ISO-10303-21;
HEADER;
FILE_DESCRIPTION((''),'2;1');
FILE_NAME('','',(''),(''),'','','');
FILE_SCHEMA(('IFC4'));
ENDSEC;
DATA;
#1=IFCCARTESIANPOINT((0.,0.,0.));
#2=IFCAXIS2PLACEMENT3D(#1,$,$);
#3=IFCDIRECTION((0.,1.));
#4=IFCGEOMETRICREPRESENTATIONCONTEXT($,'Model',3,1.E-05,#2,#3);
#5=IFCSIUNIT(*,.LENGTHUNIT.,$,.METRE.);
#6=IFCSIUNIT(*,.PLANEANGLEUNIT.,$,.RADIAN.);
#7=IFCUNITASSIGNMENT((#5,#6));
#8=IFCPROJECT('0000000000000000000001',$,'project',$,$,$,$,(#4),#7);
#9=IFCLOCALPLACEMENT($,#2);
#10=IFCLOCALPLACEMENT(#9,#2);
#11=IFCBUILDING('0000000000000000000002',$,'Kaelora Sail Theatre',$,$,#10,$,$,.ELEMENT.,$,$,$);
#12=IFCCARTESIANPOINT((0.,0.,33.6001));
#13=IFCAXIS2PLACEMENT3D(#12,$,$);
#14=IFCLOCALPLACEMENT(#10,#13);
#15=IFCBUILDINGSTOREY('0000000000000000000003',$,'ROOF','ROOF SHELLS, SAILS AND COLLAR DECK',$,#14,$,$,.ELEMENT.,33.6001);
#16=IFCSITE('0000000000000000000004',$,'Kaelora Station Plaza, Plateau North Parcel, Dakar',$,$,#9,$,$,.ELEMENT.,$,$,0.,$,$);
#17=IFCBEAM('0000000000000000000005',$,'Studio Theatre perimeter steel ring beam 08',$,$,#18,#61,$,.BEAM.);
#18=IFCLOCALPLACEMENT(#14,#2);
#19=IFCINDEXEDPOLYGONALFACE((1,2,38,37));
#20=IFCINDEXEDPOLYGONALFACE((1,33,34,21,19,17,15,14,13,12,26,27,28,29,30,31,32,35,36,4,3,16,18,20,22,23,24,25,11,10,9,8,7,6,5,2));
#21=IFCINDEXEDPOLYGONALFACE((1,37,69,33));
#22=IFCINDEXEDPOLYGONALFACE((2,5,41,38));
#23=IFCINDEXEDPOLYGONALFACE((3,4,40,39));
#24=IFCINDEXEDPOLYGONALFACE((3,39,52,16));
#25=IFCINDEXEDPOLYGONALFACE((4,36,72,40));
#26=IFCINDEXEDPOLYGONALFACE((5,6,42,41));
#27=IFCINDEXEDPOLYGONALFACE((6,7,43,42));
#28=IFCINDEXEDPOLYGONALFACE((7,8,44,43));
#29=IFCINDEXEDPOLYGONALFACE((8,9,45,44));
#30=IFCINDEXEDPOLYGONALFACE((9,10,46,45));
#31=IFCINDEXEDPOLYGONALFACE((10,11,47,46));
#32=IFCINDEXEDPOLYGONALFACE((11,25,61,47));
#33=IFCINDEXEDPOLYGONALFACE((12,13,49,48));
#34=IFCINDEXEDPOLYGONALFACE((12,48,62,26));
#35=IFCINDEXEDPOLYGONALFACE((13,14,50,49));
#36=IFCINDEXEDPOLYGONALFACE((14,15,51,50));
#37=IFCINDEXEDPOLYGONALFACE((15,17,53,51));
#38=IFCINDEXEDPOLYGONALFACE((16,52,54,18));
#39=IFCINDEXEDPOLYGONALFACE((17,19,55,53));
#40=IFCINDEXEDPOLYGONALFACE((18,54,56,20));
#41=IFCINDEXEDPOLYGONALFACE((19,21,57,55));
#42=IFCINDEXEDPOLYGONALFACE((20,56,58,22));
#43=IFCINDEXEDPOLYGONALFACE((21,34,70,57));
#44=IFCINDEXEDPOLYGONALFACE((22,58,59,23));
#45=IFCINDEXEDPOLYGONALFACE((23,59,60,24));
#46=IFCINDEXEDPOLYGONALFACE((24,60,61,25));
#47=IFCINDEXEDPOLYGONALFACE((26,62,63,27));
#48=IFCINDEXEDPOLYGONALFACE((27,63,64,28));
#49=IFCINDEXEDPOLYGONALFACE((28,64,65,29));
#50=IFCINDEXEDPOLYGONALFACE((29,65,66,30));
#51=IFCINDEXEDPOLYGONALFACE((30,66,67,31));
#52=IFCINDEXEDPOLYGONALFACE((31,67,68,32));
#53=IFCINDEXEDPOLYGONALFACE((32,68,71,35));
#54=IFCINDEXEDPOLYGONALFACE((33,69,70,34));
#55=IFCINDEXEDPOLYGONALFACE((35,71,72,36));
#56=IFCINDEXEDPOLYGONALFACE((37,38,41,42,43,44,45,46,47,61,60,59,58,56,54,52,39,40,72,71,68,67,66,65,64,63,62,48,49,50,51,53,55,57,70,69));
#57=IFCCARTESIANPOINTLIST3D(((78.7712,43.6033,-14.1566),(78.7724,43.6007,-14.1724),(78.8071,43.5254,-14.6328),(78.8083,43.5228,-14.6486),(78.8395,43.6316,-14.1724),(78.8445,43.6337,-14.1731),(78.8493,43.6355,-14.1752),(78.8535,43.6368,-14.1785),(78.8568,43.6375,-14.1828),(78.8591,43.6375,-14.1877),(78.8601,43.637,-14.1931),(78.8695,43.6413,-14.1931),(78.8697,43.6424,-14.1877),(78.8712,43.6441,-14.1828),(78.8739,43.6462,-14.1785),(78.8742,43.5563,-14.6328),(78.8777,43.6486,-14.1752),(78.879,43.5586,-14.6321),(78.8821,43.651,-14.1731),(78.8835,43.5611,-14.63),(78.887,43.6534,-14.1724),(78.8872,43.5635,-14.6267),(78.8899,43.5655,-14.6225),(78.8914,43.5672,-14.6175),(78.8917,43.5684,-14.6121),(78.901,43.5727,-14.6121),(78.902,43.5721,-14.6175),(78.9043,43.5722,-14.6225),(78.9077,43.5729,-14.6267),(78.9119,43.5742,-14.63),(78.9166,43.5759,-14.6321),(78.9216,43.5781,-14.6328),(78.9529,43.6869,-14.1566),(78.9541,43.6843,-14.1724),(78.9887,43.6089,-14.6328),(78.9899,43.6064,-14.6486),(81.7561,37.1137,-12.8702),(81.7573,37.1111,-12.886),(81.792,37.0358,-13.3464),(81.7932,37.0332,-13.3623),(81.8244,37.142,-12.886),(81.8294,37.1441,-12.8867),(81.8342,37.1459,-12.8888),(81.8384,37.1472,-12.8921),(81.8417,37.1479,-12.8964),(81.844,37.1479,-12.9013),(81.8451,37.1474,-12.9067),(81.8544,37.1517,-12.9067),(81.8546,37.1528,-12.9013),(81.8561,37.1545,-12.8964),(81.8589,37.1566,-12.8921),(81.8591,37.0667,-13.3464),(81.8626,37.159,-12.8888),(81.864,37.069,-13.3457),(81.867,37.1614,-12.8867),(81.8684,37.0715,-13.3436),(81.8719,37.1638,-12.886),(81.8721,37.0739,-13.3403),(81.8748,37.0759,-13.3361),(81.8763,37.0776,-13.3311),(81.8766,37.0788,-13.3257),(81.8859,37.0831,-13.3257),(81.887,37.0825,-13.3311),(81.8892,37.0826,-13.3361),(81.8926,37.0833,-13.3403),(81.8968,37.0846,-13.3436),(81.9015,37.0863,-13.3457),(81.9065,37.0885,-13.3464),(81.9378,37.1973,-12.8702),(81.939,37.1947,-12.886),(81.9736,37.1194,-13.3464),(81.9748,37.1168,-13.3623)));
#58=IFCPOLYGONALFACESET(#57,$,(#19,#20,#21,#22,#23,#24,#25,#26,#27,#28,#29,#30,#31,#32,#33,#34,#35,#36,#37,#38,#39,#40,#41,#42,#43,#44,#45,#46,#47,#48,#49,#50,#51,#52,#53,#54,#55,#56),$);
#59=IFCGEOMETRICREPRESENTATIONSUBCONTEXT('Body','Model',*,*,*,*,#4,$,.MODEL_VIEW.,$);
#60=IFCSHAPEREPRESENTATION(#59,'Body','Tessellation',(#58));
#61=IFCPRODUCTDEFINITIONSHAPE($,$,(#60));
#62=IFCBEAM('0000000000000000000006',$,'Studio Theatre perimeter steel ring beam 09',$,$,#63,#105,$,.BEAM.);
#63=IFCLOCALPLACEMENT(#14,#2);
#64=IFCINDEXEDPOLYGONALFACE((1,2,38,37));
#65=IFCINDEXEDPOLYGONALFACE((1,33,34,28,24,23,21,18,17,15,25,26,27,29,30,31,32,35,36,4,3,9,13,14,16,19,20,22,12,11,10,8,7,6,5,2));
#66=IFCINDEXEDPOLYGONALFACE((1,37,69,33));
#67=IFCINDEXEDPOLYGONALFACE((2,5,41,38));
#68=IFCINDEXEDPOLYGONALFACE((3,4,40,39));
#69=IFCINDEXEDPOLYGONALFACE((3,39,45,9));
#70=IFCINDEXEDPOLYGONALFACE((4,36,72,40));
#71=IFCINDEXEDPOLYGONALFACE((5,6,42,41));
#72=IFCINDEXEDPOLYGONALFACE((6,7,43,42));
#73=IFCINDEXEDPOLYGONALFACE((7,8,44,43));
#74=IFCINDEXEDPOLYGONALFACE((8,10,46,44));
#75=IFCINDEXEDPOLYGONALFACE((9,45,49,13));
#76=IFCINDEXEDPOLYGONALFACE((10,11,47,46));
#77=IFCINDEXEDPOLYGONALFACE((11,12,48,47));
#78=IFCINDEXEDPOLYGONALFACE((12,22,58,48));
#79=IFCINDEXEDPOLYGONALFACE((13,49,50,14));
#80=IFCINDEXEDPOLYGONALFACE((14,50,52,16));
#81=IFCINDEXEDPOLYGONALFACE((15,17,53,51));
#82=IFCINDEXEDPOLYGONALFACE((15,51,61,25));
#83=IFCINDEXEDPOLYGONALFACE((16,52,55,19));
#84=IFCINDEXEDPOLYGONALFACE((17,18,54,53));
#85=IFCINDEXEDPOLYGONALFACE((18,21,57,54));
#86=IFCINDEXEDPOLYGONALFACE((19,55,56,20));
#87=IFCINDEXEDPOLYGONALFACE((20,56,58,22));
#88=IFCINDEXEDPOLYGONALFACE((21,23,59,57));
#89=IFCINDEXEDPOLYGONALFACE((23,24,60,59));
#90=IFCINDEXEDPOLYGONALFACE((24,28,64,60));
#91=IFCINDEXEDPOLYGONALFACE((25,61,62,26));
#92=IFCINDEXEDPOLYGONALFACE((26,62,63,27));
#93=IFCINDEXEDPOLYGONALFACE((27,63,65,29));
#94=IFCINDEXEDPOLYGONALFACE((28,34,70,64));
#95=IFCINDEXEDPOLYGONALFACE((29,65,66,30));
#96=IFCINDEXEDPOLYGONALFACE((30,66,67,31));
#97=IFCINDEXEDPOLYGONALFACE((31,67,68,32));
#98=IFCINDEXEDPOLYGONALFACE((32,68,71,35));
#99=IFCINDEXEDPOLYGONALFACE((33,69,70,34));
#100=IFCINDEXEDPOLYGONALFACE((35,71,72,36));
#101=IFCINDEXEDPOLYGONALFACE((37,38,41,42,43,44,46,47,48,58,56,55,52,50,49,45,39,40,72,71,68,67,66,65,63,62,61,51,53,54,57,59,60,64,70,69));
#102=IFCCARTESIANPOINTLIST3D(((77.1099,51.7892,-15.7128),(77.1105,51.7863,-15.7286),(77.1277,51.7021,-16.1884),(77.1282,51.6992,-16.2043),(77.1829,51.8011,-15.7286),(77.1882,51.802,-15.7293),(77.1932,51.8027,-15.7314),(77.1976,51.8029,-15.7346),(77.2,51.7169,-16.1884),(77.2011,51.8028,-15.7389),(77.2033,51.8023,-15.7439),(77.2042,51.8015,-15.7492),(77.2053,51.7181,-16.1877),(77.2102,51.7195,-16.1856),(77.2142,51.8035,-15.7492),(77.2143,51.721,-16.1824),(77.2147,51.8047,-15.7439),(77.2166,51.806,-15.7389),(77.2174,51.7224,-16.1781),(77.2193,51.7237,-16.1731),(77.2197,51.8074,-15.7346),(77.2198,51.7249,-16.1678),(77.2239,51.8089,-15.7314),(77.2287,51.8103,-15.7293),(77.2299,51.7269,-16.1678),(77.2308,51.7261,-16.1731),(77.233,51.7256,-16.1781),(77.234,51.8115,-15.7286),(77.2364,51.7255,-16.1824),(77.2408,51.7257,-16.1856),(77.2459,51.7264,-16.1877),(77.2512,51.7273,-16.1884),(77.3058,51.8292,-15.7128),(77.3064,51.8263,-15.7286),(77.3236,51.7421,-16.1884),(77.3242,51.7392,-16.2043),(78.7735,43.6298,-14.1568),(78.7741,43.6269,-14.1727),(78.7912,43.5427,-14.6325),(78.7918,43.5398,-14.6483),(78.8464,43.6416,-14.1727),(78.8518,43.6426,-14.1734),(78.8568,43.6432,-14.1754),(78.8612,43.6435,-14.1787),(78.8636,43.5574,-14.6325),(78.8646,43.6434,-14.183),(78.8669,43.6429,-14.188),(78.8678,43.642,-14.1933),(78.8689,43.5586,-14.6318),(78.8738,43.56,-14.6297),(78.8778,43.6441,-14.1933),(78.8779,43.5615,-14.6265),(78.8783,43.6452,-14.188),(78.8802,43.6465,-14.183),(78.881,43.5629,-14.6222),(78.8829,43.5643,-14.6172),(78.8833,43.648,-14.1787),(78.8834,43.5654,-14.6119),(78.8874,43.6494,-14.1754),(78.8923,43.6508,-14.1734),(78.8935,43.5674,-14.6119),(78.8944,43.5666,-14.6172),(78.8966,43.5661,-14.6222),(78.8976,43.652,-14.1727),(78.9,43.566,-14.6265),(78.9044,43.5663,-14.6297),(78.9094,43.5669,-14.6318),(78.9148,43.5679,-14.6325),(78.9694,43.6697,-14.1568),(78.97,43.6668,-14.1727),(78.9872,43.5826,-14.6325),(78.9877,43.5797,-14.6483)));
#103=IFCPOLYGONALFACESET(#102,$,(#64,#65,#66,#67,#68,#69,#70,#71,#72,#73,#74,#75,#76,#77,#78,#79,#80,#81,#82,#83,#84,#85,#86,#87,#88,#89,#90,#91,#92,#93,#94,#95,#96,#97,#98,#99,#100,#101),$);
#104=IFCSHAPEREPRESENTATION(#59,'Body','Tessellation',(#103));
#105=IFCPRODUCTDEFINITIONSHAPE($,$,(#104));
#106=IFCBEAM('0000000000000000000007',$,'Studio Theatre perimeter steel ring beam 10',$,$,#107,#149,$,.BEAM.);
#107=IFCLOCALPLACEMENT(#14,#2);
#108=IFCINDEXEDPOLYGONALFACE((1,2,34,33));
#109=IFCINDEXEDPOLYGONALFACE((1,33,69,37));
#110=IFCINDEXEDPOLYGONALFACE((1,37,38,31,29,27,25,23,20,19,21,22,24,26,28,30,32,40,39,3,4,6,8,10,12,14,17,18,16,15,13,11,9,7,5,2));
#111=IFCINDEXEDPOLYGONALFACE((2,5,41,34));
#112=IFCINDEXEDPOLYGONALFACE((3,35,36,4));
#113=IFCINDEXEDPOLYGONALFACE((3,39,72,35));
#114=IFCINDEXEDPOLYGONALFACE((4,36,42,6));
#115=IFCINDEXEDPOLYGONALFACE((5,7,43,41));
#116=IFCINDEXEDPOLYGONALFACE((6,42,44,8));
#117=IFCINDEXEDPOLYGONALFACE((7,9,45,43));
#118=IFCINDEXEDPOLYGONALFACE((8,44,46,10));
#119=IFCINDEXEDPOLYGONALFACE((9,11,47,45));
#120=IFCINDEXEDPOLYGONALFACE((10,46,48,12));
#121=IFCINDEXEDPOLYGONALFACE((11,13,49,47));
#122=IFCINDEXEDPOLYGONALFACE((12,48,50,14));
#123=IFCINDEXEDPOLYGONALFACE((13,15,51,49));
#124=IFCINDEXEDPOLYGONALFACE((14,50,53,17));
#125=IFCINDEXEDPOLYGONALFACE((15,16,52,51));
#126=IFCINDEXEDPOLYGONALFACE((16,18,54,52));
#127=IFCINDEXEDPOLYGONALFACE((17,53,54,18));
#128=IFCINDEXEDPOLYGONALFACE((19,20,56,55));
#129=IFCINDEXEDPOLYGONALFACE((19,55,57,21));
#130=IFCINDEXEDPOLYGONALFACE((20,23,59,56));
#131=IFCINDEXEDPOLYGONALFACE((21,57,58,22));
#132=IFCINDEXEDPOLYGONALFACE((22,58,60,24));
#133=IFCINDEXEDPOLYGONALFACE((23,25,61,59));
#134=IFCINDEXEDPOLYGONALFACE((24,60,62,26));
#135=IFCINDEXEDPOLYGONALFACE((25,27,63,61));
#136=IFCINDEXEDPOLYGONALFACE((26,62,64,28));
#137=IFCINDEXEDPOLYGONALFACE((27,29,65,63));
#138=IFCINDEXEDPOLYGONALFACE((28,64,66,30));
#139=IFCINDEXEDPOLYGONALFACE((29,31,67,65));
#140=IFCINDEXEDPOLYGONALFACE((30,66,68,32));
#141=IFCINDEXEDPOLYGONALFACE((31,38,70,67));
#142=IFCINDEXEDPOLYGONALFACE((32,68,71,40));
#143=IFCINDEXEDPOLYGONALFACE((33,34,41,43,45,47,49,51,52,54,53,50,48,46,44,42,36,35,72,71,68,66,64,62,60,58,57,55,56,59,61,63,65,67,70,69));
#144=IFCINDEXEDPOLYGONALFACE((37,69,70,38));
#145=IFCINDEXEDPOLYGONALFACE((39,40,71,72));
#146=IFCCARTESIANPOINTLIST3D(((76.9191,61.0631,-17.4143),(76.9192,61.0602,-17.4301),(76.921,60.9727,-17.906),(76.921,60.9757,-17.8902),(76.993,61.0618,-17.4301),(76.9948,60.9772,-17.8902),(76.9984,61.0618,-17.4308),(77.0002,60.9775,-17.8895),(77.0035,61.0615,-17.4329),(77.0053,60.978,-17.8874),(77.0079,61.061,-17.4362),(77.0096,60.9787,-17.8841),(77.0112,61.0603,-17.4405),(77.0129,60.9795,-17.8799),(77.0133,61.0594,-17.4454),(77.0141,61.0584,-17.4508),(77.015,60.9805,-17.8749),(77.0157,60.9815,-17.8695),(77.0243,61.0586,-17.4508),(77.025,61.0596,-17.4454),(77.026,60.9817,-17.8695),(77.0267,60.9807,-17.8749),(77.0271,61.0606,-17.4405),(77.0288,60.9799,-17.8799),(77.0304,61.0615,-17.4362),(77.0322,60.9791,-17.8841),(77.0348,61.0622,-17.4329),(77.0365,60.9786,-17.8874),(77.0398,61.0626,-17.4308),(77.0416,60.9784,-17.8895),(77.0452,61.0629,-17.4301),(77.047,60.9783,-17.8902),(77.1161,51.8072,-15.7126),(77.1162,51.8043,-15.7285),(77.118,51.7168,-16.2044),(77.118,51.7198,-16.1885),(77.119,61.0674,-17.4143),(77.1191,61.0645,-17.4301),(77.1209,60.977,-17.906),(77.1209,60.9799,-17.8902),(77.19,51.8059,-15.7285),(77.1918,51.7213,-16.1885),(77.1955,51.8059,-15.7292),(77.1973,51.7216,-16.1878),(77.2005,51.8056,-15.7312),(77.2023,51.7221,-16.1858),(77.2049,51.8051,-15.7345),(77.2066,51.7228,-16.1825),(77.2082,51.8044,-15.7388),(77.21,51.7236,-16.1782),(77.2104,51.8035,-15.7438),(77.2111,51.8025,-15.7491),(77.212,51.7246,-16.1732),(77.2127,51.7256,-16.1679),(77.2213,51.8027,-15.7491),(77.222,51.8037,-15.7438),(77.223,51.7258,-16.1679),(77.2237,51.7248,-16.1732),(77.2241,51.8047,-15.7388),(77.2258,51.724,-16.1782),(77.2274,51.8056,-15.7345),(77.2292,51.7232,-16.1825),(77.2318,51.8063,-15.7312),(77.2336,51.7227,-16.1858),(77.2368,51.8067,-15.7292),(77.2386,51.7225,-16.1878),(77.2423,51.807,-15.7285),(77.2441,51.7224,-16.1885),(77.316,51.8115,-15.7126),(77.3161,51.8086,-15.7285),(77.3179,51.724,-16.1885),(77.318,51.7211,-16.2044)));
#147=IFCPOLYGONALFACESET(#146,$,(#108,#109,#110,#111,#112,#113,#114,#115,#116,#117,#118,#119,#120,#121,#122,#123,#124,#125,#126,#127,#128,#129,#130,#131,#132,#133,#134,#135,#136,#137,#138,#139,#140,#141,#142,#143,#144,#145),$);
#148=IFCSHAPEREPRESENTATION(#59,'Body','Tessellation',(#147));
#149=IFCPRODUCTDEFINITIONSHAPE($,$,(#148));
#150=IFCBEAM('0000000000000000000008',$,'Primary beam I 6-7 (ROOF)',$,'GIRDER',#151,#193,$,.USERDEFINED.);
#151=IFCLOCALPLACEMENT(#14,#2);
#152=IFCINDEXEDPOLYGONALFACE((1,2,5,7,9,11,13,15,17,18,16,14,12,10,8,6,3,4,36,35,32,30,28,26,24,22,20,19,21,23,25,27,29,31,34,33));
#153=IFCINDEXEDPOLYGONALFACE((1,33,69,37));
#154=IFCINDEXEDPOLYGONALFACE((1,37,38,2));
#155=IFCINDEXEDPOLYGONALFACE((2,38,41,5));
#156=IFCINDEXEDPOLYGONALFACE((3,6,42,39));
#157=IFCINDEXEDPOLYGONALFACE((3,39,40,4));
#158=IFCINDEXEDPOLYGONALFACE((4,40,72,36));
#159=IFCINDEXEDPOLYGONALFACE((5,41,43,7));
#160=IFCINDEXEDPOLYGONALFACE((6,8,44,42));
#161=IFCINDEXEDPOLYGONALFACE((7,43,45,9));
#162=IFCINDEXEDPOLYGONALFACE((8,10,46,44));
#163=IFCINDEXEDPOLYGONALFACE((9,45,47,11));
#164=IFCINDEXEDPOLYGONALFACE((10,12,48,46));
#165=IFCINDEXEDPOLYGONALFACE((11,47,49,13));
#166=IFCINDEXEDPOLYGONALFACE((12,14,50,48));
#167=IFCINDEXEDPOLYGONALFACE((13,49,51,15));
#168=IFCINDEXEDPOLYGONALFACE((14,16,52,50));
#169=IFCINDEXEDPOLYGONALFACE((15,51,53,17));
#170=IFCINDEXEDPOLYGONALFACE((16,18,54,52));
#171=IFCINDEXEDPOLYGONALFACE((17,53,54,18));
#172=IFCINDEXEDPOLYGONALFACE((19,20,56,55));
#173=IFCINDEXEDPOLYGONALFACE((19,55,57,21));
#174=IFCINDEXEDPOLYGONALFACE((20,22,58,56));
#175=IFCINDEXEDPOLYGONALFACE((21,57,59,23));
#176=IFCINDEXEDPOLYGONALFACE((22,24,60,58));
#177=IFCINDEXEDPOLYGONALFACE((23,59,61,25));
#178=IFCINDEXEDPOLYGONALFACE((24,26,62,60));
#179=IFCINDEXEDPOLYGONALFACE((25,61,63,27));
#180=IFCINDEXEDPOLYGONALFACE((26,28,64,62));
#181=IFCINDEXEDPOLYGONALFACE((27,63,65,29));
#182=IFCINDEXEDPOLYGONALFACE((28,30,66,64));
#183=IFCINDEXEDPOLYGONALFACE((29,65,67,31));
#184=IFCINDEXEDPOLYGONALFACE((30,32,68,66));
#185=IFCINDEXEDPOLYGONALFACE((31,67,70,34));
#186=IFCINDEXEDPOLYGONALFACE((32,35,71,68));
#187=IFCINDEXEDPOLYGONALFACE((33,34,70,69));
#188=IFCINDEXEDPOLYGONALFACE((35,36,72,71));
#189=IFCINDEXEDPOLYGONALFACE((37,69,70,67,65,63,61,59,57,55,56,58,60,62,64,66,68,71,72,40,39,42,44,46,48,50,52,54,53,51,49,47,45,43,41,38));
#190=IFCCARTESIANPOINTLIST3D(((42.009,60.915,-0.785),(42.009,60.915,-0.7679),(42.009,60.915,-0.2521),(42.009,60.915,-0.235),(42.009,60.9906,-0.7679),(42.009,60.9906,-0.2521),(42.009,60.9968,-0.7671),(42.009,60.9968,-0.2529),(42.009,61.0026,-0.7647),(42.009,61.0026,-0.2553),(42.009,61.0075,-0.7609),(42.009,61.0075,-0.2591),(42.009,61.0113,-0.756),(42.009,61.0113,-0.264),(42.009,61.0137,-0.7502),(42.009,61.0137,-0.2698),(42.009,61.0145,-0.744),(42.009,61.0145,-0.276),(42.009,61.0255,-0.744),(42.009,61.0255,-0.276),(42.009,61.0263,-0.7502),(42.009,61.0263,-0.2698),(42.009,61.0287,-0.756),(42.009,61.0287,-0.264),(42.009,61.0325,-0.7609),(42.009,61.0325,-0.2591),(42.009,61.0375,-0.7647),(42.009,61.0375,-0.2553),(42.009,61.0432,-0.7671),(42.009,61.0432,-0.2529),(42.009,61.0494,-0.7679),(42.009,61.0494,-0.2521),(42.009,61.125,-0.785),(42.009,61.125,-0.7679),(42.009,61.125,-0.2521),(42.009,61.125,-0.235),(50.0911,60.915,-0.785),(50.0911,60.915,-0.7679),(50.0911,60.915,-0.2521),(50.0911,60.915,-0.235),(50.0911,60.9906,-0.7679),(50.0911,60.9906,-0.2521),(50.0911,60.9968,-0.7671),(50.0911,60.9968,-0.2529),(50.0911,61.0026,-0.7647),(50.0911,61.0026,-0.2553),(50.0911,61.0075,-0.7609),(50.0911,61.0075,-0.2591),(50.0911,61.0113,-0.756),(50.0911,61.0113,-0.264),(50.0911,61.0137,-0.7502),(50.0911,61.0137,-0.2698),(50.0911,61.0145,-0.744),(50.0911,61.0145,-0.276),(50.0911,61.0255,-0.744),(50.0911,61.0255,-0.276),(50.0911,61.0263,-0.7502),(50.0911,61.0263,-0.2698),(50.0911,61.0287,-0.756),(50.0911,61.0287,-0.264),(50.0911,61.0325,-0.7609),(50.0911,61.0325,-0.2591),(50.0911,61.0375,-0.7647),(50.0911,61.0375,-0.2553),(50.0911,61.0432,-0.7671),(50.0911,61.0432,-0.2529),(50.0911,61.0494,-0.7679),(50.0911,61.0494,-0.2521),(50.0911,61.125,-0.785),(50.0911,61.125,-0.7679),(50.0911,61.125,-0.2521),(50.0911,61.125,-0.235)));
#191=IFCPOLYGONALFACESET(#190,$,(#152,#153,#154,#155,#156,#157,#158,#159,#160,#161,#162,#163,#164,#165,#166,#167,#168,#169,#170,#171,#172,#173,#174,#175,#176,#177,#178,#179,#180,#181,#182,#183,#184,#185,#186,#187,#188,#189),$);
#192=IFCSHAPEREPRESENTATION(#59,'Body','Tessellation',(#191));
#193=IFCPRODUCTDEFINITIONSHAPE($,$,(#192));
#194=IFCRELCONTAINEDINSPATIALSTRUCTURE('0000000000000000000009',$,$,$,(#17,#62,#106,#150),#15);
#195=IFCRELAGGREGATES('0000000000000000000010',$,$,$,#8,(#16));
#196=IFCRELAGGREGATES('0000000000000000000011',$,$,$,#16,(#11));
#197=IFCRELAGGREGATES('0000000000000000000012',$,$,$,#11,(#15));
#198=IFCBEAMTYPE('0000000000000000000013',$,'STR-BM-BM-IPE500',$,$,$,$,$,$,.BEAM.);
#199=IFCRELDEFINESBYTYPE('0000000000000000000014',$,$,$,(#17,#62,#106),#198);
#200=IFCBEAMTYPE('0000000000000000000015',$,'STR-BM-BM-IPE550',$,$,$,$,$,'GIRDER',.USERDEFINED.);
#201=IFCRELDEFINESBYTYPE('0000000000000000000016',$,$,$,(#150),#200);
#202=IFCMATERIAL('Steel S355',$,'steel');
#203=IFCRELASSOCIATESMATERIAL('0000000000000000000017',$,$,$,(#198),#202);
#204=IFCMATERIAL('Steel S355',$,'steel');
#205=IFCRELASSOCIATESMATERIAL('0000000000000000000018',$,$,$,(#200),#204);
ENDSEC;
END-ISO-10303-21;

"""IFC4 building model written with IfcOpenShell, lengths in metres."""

from ifc_helpers import new_model, si_unit, direction, frame, origin, origin_2d, place, context, subcontext, project, spatial, i_section, extrude, material, material_profile, profile_set, type_object, element, save


model = new_model("IFC4")

# Units and contexts
model_context = context("Model", 3, precision=1e-05, world=origin(), true_north=direction((0.0, 1.0)))
body_context = subcontext(model_context, "Body", "Model", "MODEL_VIEW")
ifc_project = project(units=[si_unit("LENGTHUNIT", "METRE"), si_unit("PLANEANGLEUNIT", "RADIAN")], contexts=[model_context])

# Site, building, storey
site_placement = place(None, origin())
site = spatial("IfcSite", under=ifc_project, at=site_placement, Name="Kaelora Station Plaza, Plateau North Parcel, Dakar", CompositionType="ELEMENT", RefElevation=0.0)
building_placement = place(site_placement, origin())
building = spatial("IfcBuilding", under=site, at=building_placement, Name="Kaelora Sail Theatre", CompositionType="ELEMENT")
storey_placement = place(building_placement, frame((0.0, 0.0, 33.6001)))
storey = spatial("IfcBuildingStorey", under=building, at=storey_placement, Name="ROOF", Description="ROOF SHELLS, SAILS AND COLLAR DECK", CompositionType="ELEMENT", Elevation=33.6001)

# Beams
ifc_material_1 = material(Name="Steel S355", Category="steel")
ifc_material_profile_1 = material_profile(ifc_material_1, i_section(OverallWidth=0.2, OverallDepth=0.5, WebThickness=0.0103, FlangeThickness=0.0161, FilletRadius=0.021, at=origin_2d()), Name="IPE 500")
ifc_profile_set_1 = profile_set([ifc_material_profile_1], Name="Steel S355")
beam_type_1 = type_object("IfcBeamType", Name="STR-BM-BM-IPE500", PredefinedType="BEAM", material=ifc_profile_set_1)
beam_1_placement = place(storey_placement, frame((81.8655, 37.1152, -13.1162), z_axis=(-0.411254, 0.894124, -0.177237), x_axis=(-0.908507, -0.41787, 0.0)))
element("IfcBeam", 1, at=beam_1_placement, inside=storey, type_object=beam_type_1, Name="Studio Theatre perimeter steel ring beam 08", PredefinedType="BEAM", context=body_context, shape_type="SweptSolid", body=[
    extrude(i_section(OverallWidth=0.2, OverallDepth=0.5, WebThickness=0.0103, FlangeThickness=0.0161, FilletRadius=0.021, at=origin_2d()), origin(), (0.0, 0.0, 1.0), 7.2581),
])
beam_2_placement = place(storey_placement, frame((78.8806, 43.6047, -14.4026), z_axis=(-0.196375, 0.963174, -0.183666), x_axis=(-0.979842, -0.199774, 0.0)))
element("IfcBeam", 2, at=beam_2_placement, inside=storey, type_object=beam_type_1, Name="Studio Theatre perimeter steel ring beam 09", PredefinedType="BEAM", context=body_context, shape_type="SweptSolid", body=[
    extrude(i_section(OverallWidth=0.2, OverallDepth=0.5, WebThickness=0.0103, FlangeThickness=0.0161, FilletRadius=0.021, at=origin_2d()), origin(), (0.0, 0.0, 1.0), 8.4714),
])
beam_3_placement = place(storey_placement, frame((77.217, 51.7642, -15.9585), z_axis=(-0.020931, 0.983301, -0.180777), x_axis=(-0.999774, -0.021281, 0.0)))
element("IfcBeam", 3, at=beam_3_placement, inside=storey, type_object=beam_type_1, Name="Studio Theatre perimeter steel ring beam 10", PredefinedType="BEAM", context=body_context, shape_type="SweptSolid", body=[
    extrude(i_section(OverallWidth=0.2, OverallDepth=0.5, WebThickness=0.0103, FlangeThickness=0.0161, FilletRadius=0.021, at=origin_2d()), origin(), (0.0, 0.0, 1.0), 9.4131),
])
ifc_material_2 = material(Name="Steel S355", Category="steel")
ifc_material_profile_2 = material_profile(ifc_material_2, i_section(OverallWidth=0.21, OverallDepth=0.55, WebThickness=0.011, FlangeThickness=0.0171, FilletRadius=0.0239, at=origin_2d()), Name="IPE 550")
ifc_profile_set_2 = profile_set([ifc_material_profile_2], Name="Steel S355")
beam_type_2 = type_object("IfcBeamType", Name="STR-BM-BM-IPE550", ElementType="GIRDER", PredefinedType="USERDEFINED", material=ifc_profile_set_2)
for number, where, z_axis, x_axis, name in (
    (4, (42.009, 61.02, -0.51), (1.0, 0.0, 0.0), (0.0, 1.0, 0.0), "Primary beam I 6-7 (ROOF)"),
):
    element("IfcBeam", number, at=place(storey_placement, frame(where, z_axis=z_axis, x_axis=x_axis)), inside=storey, type_object=beam_type_2, Name=name, ObjectType="GIRDER", PredefinedType="USERDEFINED", context=body_context, shape_type="SweptSolid", body=[
        extrude(i_section(OverallWidth=0.21, OverallDepth=0.55, WebThickness=0.011, FlangeThickness=0.0171, FilletRadius=0.0239, at=origin_2d()), origin(), (0.0, 0.0, 1.0), 8.082),
    ])

save(model, "model.ifc")
